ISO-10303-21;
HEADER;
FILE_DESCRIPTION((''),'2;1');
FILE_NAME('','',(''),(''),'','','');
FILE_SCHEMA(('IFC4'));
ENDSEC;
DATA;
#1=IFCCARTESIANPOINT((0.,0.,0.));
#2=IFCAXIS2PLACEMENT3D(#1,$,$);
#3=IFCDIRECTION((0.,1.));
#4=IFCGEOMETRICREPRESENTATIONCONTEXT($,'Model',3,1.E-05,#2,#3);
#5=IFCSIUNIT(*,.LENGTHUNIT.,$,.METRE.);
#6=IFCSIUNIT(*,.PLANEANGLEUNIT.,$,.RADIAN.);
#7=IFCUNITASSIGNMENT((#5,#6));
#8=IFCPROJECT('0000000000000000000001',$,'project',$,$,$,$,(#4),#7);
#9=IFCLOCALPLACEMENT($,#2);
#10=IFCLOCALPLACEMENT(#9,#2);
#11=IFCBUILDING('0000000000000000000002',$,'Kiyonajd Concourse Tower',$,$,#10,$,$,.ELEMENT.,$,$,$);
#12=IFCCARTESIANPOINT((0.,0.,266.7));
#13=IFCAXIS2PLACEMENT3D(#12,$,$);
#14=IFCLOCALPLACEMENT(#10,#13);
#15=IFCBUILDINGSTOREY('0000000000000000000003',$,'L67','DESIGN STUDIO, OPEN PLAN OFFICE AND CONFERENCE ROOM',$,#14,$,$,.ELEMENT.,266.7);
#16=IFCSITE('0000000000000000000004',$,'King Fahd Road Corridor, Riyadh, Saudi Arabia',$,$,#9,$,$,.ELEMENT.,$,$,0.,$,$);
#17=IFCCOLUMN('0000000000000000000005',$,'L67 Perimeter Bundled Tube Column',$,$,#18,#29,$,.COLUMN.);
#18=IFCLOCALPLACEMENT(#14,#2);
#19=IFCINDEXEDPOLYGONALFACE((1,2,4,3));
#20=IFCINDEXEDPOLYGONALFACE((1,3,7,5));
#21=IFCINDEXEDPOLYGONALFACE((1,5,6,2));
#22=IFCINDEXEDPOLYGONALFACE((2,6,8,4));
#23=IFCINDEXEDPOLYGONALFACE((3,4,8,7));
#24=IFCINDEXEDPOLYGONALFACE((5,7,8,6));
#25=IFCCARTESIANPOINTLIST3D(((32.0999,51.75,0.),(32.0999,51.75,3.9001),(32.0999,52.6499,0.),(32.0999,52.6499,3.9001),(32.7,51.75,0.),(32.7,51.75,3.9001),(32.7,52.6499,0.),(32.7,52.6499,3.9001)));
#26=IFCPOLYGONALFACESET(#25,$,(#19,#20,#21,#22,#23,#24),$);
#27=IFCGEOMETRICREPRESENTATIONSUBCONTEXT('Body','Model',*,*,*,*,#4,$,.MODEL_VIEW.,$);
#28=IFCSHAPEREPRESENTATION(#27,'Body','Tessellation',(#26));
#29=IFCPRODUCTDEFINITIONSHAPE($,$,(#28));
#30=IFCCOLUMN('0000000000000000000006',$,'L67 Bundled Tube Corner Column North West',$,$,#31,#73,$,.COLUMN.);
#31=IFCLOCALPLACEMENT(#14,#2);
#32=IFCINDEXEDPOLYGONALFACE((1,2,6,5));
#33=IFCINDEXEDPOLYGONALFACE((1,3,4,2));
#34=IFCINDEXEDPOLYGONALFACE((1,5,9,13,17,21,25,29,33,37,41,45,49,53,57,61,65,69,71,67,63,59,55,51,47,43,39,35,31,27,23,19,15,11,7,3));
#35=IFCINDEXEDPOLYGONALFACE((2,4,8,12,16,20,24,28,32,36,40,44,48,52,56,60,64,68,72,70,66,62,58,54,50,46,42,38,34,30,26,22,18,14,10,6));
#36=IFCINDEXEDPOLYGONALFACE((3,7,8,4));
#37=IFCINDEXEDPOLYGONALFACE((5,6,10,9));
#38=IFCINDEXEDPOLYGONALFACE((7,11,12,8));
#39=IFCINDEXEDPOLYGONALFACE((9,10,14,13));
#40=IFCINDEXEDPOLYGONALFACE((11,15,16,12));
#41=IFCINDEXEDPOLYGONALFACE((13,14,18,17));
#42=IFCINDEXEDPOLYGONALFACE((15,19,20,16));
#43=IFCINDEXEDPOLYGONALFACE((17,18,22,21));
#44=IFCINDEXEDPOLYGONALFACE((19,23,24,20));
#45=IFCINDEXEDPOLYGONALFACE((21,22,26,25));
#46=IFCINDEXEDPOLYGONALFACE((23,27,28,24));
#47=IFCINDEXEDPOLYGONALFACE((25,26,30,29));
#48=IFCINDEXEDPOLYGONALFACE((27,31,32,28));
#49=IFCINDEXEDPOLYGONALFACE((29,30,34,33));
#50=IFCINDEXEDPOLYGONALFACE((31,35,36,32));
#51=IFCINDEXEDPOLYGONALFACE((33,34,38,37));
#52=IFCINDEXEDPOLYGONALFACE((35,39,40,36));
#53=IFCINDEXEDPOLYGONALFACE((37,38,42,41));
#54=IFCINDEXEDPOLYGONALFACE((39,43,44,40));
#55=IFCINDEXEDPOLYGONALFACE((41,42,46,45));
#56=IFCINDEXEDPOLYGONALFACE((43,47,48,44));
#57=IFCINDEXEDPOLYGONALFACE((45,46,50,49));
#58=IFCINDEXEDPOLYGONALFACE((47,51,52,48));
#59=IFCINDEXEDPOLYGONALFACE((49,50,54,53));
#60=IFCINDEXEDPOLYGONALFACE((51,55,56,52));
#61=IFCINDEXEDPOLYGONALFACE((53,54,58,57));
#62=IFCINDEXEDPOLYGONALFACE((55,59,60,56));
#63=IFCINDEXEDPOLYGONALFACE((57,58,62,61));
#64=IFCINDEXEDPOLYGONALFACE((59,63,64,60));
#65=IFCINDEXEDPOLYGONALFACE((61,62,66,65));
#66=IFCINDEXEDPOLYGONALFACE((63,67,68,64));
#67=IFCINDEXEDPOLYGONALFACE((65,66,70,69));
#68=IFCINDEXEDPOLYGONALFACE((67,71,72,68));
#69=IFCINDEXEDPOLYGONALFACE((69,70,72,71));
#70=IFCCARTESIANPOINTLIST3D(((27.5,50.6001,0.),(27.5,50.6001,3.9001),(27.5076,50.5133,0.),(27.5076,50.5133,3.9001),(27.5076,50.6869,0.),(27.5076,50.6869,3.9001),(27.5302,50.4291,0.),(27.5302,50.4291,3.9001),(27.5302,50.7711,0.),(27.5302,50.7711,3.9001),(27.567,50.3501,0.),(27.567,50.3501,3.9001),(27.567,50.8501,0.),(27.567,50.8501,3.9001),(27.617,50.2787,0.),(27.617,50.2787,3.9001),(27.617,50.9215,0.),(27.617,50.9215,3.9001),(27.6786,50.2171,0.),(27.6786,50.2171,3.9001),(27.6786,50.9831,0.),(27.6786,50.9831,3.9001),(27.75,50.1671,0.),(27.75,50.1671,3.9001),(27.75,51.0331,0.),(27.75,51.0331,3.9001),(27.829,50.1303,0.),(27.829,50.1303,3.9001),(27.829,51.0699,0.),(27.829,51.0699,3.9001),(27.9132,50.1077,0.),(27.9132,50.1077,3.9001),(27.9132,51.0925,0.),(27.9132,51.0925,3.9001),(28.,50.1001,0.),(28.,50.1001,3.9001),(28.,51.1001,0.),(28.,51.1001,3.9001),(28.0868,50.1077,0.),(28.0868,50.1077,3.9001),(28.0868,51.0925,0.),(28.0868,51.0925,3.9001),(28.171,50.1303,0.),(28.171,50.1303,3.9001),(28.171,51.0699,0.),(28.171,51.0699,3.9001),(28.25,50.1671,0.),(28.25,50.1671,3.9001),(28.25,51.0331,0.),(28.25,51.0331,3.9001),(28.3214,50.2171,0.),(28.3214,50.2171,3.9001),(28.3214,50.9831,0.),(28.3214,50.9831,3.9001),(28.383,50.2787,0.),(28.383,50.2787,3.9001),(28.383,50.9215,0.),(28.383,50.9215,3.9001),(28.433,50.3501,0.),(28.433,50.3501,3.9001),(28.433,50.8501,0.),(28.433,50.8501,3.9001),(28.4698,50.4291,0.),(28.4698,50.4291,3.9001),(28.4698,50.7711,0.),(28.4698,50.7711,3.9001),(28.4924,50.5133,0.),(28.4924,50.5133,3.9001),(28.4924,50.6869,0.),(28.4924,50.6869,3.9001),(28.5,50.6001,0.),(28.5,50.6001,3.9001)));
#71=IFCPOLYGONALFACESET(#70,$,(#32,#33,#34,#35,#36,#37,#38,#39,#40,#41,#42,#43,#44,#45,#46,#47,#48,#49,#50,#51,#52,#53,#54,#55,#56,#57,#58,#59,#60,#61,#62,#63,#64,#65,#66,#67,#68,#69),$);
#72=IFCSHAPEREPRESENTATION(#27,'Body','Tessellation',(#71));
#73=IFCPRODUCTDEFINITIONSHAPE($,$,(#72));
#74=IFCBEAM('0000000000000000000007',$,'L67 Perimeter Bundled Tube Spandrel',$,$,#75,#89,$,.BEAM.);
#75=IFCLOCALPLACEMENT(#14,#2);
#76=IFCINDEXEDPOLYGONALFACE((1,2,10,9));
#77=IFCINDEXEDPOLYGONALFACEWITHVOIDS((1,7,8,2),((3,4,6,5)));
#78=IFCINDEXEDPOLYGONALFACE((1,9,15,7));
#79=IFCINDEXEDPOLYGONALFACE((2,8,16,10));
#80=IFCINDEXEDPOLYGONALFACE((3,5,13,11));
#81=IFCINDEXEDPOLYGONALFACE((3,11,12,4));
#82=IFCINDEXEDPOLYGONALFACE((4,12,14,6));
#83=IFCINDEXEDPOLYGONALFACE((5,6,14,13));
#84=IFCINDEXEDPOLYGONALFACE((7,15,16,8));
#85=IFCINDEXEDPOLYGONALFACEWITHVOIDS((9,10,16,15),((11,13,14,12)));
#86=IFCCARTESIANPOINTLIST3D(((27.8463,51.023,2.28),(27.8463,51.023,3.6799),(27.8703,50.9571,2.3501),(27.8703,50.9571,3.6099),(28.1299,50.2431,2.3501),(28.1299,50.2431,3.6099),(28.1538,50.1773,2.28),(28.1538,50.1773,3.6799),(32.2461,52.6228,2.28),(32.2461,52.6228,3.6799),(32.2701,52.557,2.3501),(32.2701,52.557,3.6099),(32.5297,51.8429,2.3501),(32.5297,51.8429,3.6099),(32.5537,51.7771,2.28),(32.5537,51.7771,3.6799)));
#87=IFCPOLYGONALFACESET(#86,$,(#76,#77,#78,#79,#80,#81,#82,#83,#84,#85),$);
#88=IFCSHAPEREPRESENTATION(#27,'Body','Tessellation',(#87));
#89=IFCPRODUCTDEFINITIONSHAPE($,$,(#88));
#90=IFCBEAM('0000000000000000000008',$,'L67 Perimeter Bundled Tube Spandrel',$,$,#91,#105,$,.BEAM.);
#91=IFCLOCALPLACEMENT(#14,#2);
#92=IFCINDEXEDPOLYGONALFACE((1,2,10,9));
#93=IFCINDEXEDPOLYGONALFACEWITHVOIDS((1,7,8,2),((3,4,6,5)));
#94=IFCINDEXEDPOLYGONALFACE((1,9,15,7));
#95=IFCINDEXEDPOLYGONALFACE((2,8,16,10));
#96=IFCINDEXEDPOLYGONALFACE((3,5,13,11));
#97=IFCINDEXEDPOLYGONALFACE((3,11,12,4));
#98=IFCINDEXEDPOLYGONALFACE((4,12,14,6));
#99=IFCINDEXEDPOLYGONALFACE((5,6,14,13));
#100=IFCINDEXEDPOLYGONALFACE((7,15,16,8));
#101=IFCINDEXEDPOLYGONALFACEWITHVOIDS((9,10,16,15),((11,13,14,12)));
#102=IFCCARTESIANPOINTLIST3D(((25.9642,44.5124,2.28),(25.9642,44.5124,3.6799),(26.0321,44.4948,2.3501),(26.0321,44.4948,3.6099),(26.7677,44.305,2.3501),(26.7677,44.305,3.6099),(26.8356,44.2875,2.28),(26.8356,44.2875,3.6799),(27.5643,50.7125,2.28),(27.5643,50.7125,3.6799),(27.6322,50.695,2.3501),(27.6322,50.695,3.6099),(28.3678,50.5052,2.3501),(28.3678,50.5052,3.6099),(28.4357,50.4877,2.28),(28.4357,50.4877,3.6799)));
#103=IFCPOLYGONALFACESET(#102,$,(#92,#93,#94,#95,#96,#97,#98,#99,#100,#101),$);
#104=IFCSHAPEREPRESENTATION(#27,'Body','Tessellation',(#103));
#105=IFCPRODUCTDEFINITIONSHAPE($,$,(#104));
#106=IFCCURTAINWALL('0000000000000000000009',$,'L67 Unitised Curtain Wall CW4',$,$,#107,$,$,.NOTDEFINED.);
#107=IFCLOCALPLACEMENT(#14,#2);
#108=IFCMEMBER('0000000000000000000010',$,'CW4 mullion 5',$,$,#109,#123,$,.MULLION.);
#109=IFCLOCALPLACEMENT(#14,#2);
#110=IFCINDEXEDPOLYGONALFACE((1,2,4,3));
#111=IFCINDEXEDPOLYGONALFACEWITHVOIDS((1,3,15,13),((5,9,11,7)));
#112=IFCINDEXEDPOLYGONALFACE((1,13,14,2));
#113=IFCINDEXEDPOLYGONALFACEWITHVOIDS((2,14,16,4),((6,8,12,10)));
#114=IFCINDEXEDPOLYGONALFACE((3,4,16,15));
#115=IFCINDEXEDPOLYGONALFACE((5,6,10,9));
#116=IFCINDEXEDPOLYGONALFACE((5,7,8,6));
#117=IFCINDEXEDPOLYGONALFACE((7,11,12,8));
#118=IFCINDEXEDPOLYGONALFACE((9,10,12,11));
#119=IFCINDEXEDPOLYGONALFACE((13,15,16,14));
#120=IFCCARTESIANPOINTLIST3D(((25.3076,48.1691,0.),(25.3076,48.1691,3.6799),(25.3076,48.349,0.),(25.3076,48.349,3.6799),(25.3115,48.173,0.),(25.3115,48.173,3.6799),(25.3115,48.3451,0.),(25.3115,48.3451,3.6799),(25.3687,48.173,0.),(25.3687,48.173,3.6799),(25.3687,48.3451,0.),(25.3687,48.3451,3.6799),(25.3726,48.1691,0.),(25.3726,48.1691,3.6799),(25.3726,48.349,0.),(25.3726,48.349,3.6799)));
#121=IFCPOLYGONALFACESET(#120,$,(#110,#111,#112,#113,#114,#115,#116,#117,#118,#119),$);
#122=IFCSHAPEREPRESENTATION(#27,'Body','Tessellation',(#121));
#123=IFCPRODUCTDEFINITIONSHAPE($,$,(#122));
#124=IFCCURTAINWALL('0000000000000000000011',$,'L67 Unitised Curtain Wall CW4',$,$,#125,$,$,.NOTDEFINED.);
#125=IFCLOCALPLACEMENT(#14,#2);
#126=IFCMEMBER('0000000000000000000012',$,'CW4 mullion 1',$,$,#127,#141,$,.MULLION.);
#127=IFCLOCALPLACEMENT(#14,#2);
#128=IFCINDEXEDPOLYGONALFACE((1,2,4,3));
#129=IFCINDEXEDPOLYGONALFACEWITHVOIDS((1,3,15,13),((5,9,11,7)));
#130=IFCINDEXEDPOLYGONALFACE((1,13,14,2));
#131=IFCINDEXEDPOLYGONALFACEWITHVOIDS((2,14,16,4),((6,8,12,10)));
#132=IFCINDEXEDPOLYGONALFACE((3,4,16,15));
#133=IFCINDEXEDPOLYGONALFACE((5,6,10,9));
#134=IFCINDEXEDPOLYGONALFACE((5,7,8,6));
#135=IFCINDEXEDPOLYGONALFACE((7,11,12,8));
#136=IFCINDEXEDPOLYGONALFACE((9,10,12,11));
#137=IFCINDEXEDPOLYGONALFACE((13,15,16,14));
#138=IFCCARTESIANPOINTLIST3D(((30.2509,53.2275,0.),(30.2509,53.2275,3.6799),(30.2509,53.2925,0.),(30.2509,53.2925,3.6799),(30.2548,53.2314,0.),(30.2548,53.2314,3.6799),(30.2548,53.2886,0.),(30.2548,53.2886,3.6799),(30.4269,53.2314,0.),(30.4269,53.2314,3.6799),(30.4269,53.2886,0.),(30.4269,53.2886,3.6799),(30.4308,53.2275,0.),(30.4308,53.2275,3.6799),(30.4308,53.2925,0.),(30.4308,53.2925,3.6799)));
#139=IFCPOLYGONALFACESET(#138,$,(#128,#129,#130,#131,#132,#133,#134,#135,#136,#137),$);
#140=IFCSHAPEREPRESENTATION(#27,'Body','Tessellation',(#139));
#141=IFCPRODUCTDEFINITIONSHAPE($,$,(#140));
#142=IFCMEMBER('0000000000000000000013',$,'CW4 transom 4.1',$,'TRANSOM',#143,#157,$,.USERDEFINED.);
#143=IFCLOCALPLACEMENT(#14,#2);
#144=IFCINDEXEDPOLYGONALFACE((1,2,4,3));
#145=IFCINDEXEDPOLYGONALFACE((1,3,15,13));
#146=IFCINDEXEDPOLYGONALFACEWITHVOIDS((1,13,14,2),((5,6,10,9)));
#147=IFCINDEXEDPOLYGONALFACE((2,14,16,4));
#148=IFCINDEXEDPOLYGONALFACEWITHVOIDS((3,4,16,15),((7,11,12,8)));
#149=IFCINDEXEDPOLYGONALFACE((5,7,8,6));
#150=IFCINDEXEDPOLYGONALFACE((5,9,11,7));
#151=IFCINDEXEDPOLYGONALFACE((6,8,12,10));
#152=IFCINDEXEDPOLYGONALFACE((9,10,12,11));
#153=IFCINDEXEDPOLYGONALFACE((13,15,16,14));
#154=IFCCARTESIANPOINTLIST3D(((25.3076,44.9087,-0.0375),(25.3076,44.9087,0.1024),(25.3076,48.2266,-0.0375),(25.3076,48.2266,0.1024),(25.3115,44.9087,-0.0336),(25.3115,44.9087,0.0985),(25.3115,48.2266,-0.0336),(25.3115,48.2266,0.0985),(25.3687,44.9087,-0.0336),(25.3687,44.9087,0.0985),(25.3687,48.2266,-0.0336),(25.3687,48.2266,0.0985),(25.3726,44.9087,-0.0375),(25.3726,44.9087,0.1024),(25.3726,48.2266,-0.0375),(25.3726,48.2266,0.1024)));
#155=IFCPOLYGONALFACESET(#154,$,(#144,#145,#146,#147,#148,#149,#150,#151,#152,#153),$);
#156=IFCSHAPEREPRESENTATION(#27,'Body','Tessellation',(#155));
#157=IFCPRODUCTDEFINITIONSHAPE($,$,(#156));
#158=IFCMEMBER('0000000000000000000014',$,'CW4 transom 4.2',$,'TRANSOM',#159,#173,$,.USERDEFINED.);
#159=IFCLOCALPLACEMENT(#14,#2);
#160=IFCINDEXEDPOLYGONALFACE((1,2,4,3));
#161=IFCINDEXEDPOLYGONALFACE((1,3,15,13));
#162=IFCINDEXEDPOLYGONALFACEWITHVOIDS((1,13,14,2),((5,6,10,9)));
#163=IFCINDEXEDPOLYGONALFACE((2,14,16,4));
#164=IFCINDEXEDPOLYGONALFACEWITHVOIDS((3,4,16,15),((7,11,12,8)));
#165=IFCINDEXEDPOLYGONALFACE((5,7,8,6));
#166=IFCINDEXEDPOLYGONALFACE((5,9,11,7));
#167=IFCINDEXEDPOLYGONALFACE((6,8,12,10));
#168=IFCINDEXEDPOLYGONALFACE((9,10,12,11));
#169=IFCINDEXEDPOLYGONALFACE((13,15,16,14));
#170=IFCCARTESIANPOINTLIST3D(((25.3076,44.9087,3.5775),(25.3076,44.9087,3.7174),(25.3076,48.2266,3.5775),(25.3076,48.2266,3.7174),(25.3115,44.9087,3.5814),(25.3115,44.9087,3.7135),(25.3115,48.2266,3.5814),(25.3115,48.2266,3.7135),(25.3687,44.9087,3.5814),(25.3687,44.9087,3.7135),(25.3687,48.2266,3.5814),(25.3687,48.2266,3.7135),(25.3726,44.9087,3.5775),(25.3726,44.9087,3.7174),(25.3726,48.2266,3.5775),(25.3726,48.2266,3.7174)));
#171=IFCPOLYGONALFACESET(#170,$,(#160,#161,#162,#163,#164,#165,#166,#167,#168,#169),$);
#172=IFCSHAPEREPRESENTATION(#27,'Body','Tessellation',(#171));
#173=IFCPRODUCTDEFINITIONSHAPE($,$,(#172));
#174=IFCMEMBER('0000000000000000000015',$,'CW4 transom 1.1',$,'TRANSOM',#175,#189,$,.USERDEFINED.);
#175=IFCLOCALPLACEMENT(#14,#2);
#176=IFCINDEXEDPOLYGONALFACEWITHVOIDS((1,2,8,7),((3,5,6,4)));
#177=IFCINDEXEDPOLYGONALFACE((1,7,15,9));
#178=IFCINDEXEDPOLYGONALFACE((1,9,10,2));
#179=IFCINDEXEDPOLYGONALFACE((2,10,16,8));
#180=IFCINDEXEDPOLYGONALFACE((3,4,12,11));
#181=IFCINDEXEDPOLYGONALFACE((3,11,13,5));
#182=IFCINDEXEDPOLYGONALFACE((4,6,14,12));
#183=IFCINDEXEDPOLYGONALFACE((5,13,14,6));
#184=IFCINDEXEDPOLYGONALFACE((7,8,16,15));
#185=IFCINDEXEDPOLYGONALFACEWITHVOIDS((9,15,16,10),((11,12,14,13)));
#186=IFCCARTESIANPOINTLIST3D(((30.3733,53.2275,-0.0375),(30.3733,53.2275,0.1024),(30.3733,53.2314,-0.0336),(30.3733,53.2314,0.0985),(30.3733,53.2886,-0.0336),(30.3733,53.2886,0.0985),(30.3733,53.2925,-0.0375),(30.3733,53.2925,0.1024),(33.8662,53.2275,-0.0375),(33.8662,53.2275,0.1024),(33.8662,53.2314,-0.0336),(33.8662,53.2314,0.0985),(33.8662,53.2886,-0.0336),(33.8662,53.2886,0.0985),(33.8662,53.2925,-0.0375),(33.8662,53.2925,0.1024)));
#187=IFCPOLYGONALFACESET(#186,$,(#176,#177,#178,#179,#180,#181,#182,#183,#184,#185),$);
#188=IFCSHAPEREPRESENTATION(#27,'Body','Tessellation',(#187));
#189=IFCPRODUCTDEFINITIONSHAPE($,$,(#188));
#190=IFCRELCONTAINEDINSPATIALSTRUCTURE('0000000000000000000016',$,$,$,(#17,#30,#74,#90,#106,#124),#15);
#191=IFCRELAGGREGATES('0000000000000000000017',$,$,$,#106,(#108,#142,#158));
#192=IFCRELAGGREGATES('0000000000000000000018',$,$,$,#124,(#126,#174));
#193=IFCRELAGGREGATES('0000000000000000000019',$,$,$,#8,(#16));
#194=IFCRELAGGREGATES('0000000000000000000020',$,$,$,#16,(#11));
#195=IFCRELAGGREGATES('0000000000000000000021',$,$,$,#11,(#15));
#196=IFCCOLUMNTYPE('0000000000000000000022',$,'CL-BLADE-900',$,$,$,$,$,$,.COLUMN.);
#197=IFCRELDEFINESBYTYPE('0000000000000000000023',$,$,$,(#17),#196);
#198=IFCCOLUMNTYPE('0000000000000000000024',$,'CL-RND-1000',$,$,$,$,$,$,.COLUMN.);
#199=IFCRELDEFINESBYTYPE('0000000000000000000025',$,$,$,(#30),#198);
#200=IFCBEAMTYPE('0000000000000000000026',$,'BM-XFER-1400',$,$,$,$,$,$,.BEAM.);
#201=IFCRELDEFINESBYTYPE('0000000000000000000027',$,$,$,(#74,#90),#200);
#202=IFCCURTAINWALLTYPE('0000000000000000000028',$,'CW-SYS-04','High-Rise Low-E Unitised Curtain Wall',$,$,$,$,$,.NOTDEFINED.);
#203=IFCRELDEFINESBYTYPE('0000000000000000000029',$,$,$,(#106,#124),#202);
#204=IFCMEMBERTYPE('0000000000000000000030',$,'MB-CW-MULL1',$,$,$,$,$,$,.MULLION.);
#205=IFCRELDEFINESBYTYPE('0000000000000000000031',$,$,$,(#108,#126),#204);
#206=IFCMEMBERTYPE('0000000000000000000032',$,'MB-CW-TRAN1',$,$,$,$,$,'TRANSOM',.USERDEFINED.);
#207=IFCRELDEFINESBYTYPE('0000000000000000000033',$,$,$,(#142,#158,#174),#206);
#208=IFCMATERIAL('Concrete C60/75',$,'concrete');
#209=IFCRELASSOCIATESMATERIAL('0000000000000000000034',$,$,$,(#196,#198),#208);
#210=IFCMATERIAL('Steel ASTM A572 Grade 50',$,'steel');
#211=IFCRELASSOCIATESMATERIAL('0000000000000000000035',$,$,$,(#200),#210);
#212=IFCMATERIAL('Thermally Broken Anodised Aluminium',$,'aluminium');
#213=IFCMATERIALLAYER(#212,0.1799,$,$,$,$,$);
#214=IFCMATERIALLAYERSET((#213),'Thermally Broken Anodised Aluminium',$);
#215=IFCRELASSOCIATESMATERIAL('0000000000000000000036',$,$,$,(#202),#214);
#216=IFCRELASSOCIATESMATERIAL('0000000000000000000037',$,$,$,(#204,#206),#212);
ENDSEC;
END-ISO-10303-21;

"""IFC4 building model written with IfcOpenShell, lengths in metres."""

from ifc_helpers import new_model, si_unit, direction, frame, origin, origin_2d, place, context, subcontext, project, spatial, rectangle, hollow_rectangle, circle, extrude, material, layer, layer_set, material_profile, profile_set, type_object, element, aggregate, save


model = new_model("IFC4")

# Units and contexts
model_context = context("Model", 3, precision=1e-05, world=origin(), true_north=direction((0.0, 1.0)))
body_context = subcontext(model_context, "Body", "Model", "MODEL_VIEW")
ifc_project = project(units=[si_unit("LENGTHUNIT", "METRE"), si_unit("PLANEANGLEUNIT", "RADIAN")], contexts=[model_context])

# Site, building, storey
site_placement = place(None, origin())
site = spatial("IfcSite", under=ifc_project, at=site_placement, Name="King Fahd Road Corridor, Riyadh, Saudi Arabia", CompositionType="ELEMENT", RefElevation=0.0)
building_placement = place(site_placement, origin())
building = spatial("IfcBuilding", under=site, at=building_placement, Name="Kiyonajd Concourse Tower", CompositionType="ELEMENT")
storey_placement = place(building_placement, frame((0.0, 0.0, 266.7)))
storey = spatial("IfcBuildingStorey", under=building, at=storey_placement, Name="L67", Description="DESIGN STUDIO, OPEN PLAN OFFICE AND CONFERENCE ROOM", CompositionType="ELEMENT", Elevation=266.7)

# Columns
ifc_material_1 = material(Name="Concrete C60/75", Category="concrete")
ifc_material_profile_1 = material_profile(ifc_material_1, rectangle(XDim=0.6001, YDim=0.8999, at=origin_2d()), Name="RC-900x600")
ifc_profile_set_1 = profile_set([ifc_material_profile_1], Name="Concrete C60/75")
column_type_1 = type_object("IfcColumnType", Name="CL-BLADE-900", PredefinedType="COLUMN", material=ifc_profile_set_1)
column_1_placement = place(storey_placement, frame((32.3999, 52.2, 0.0), z_axis=(0.0, 0.0, 1.0), x_axis=(1.0, 0.0, 0.0)))
element("IfcColumn", 1, at=column_1_placement, inside=storey, type_object=column_type_1, Name="L67 Perimeter Bundled Tube Column", PredefinedType="COLUMN", context=body_context, shape_type="SweptSolid", body=[
    extrude(rectangle(XDim=0.6001, YDim=0.8999, at=origin_2d()), origin(), (0.0, 0.0, 1.0), 3.9001),
])
ifc_material_profile_2 = material_profile(ifc_material_1, circle(Radius=0.5, at=origin_2d()), Name="RCC-D1000")
ifc_profile_set_2 = profile_set([ifc_material_profile_2], Name="Concrete C60/75")
column_type_2 = type_object("IfcColumnType", Name="CL-RND-1000", PredefinedType="COLUMN", material=ifc_profile_set_2)
column_2_placement = place(storey_placement, frame((28.0, 50.6001, 0.0), z_axis=(0.0, 0.0, 1.0), x_axis=(1.0, 0.0, 0.0)))
element("IfcColumn", 2, at=column_2_placement, inside=storey, type_object=column_type_2, Name="L67 Bundled Tube Corner Column North West", PredefinedType="COLUMN", context=body_context, shape_type="SweptSolid", body=[
    extrude(circle(Radius=0.5, at=origin_2d()), origin(), (0.0, 0.0, 1.0), 3.9001),
])

# Beams
ifc_material_2 = material(Name="Steel ASTM A572 Grade 50", Category="steel")
ifc_material_profile_3 = material_profile(ifc_material_2, hollow_rectangle(XDim=0.8999, YDim=1.3999, WallThickness=0.0701, at=origin_2d()), Name="BOX-1400x900x70")
ifc_profile_set_3 = profile_set([ifc_material_profile_3], Name="Steel ASTM A572 Grade 50")
beam_type = type_object("IfcBeamType", Name="BM-XFER-1400", PredefinedType="BEAM", material=ifc_profile_set_3)
beam_1_placement = place(storey_placement, frame((32.3999, 52.2, 2.98), z_axis=(-0.939801, -0.341722, 0.0), x_axis=(0.341722, -0.939801, 0.0)))
element("IfcBeam", 3, at=beam_1_placement, inside=storey, type_object=beam_type, Name="L67 Perimeter Bundled Tube Spandrel", PredefinedType="BEAM", context=body_context, shape_type="SweptSolid", body=[
    extrude(hollow_rectangle(XDim=0.8999, YDim=1.3999, WallThickness=0.0701, at=origin_2d()), origin(), (0.0, 0.0, 1.0), 4.6816),
])
beam_2_placement = place(storey_placement, frame((28.0, 50.6001, 2.98), z_axis=(-0.249885, -0.968276, 0.0), x_axis=(0.968276, -0.249885, 0.0)))
element("IfcBeam", 4, at=beam_2_placement, inside=storey, type_object=beam_type, Name="L67 Perimeter Bundled Tube Spandrel", PredefinedType="BEAM", context=body_context, shape_type="SweptSolid", body=[
    extrude(hollow_rectangle(XDim=0.8999, YDim=1.3999, WallThickness=0.0701, at=origin_2d()), origin(), (0.0, 0.0, 1.0), 6.4033),
])

# Curtain walls, members
ifc_material_3 = material(Name="Thermally Broken Anodised Aluminium", Category="aluminium")
ifc_layer_1 = layer(ifc_material_3, 0.1799)
ifc_layer_set_1 = layer_set([ifc_layer_1], Name="Thermally Broken Anodised Aluminium")
curtain_wall_type = type_object("IfcCurtainWallType", Name="CW-SYS-04", Description="High-Rise Low-E Unitised Curtain Wall", PredefinedType="NOTDEFINED", material=ifc_layer_set_1)
curtain_wall_1_placement = place(storey_placement, origin())
curtain_wall_1 = element("IfcCurtainWall", 5, at=curtain_wall_1_placement, inside=storey, type_object=curtain_wall_type, Name="L67 Unitised Curtain Wall CW4", PredefinedType="NOTDEFINED")
ifc_material_profile_4 = material_profile(ifc_material_3, hollow_rectangle(XDim=0.0649, YDim=0.1799, WallThickness=0.0039, at=origin_2d()), Name="MULL-65x180")
ifc_profile_set_4 = profile_set([ifc_material_profile_4], Name="Thermally Broken Anodised Aluminium")
member_type_1 = type_object("IfcMemberType", Name="MB-CW-MULL1", PredefinedType="MULLION", material=ifc_profile_set_4)
member_1_placement = place(storey_placement, frame((25.3401, 48.259, 0.0), z_axis=(0.0, 0.0, 1.0), x_axis=(-1.0, 0.0, 0.0)))
member_1 = element("IfcMember", 6, at=member_1_placement, type_object=member_type_1, Name="CW4 mullion 5", PredefinedType="MULLION", context=body_context, shape_type="SweptSolid", body=[
    extrude(hollow_rectangle(XDim=0.0649, YDim=0.1799, WallThickness=0.0039, at=origin_2d()), origin(), (0.0, 0.0, 1.0), 3.6799),
])
curtain_wall_2_placement = place(storey_placement, origin())
curtain_wall_2 = element("IfcCurtainWall", 7, at=curtain_wall_2_placement, inside=storey, type_object=curtain_wall_type, Name="L67 Unitised Curtain Wall CW4", PredefinedType="NOTDEFINED")
member_2_placement = place(storey_placement, frame((30.3408, 53.26, 0.0), z_axis=(0.0, 0.0, 1.0), x_axis=(0.0, 1.0, 0.0)))
member_2 = element("IfcMember", 8, at=member_2_placement, type_object=member_type_1, Name="CW4 mullion 1", PredefinedType="MULLION", context=body_context, shape_type="SweptSolid", body=[
    extrude(hollow_rectangle(XDim=0.0649, YDim=0.1799, WallThickness=0.0039, at=origin_2d()), origin(), (0.0, 0.0, 1.0), 3.6799),
])

# Members
ifc_material_profile_5 = material_profile(ifc_material_3, hollow_rectangle(XDim=0.0649, YDim=0.1399, WallThickness=0.0039, at=origin_2d()), Name="TRAN-65x140")
ifc_profile_set_5 = profile_set([ifc_material_profile_5], Name="Thermally Broken Anodised Aluminium")
member_type_2 = type_object("IfcMemberType", Name="MB-CW-TRAN1", ElementType="TRANSOM", PredefinedType="USERDEFINED", material=ifc_profile_set_5)
member_3_placement = place(storey_placement, frame((25.3401, 44.9087, 0.0325), z_axis=(0.0, 1.0, 0.0), x_axis=(-1.0, 0.0, 0.0)))
member_3 = element("IfcMember", 9, at=member_3_placement, type_object=member_type_2, Name="CW4 transom 4.1", ObjectType="TRANSOM", PredefinedType="USERDEFINED", context=body_context, shape_type="SweptSolid", body=[
    extrude(hollow_rectangle(XDim=0.0649, YDim=0.1399, WallThickness=0.0039, at=origin_2d()), origin(), (0.0, 0.0, 1.0), 3.3179),
])
member_4_placement = place(storey_placement, frame((25.3401, 44.9087, 3.6475), z_axis=(0.0, 1.0, 0.0), x_axis=(-1.0, 0.0, 0.0)))
member_4 = element("IfcMember", 10, at=member_4_placement, type_object=member_type_2, Name="CW4 transom 4.2", ObjectType="TRANSOM", PredefinedType="USERDEFINED", context=body_context, shape_type="SweptSolid", body=[
    extrude(hollow_rectangle(XDim=0.0649, YDim=0.1399, WallThickness=0.0039, at=origin_2d()), origin(), (0.0, 0.0, 1.0), 3.3179),
])
member_5_placement = place(storey_placement, frame((30.3733, 53.26, 0.0325), z_axis=(1.0, 0.0, 0.0), x_axis=(0.0, 1.0, 0.0)))
member_5 = element("IfcMember", 11, at=member_5_placement, type_object=member_type_2, Name="CW4 transom 1.1", ObjectType="TRANSOM", PredefinedType="USERDEFINED", context=body_context, shape_type="SweptSolid", body=[
    extrude(hollow_rectangle(XDim=0.0649, YDim=0.1399, WallThickness=0.0039, at=origin_2d()), origin(), (0.0, 0.0, 1.0), 3.4929),
])

aggregate(curtain_wall_1, [member_1, member_3, member_4])
aggregate(curtain_wall_2, [member_2, member_5])

save(model, "model.ifc")
